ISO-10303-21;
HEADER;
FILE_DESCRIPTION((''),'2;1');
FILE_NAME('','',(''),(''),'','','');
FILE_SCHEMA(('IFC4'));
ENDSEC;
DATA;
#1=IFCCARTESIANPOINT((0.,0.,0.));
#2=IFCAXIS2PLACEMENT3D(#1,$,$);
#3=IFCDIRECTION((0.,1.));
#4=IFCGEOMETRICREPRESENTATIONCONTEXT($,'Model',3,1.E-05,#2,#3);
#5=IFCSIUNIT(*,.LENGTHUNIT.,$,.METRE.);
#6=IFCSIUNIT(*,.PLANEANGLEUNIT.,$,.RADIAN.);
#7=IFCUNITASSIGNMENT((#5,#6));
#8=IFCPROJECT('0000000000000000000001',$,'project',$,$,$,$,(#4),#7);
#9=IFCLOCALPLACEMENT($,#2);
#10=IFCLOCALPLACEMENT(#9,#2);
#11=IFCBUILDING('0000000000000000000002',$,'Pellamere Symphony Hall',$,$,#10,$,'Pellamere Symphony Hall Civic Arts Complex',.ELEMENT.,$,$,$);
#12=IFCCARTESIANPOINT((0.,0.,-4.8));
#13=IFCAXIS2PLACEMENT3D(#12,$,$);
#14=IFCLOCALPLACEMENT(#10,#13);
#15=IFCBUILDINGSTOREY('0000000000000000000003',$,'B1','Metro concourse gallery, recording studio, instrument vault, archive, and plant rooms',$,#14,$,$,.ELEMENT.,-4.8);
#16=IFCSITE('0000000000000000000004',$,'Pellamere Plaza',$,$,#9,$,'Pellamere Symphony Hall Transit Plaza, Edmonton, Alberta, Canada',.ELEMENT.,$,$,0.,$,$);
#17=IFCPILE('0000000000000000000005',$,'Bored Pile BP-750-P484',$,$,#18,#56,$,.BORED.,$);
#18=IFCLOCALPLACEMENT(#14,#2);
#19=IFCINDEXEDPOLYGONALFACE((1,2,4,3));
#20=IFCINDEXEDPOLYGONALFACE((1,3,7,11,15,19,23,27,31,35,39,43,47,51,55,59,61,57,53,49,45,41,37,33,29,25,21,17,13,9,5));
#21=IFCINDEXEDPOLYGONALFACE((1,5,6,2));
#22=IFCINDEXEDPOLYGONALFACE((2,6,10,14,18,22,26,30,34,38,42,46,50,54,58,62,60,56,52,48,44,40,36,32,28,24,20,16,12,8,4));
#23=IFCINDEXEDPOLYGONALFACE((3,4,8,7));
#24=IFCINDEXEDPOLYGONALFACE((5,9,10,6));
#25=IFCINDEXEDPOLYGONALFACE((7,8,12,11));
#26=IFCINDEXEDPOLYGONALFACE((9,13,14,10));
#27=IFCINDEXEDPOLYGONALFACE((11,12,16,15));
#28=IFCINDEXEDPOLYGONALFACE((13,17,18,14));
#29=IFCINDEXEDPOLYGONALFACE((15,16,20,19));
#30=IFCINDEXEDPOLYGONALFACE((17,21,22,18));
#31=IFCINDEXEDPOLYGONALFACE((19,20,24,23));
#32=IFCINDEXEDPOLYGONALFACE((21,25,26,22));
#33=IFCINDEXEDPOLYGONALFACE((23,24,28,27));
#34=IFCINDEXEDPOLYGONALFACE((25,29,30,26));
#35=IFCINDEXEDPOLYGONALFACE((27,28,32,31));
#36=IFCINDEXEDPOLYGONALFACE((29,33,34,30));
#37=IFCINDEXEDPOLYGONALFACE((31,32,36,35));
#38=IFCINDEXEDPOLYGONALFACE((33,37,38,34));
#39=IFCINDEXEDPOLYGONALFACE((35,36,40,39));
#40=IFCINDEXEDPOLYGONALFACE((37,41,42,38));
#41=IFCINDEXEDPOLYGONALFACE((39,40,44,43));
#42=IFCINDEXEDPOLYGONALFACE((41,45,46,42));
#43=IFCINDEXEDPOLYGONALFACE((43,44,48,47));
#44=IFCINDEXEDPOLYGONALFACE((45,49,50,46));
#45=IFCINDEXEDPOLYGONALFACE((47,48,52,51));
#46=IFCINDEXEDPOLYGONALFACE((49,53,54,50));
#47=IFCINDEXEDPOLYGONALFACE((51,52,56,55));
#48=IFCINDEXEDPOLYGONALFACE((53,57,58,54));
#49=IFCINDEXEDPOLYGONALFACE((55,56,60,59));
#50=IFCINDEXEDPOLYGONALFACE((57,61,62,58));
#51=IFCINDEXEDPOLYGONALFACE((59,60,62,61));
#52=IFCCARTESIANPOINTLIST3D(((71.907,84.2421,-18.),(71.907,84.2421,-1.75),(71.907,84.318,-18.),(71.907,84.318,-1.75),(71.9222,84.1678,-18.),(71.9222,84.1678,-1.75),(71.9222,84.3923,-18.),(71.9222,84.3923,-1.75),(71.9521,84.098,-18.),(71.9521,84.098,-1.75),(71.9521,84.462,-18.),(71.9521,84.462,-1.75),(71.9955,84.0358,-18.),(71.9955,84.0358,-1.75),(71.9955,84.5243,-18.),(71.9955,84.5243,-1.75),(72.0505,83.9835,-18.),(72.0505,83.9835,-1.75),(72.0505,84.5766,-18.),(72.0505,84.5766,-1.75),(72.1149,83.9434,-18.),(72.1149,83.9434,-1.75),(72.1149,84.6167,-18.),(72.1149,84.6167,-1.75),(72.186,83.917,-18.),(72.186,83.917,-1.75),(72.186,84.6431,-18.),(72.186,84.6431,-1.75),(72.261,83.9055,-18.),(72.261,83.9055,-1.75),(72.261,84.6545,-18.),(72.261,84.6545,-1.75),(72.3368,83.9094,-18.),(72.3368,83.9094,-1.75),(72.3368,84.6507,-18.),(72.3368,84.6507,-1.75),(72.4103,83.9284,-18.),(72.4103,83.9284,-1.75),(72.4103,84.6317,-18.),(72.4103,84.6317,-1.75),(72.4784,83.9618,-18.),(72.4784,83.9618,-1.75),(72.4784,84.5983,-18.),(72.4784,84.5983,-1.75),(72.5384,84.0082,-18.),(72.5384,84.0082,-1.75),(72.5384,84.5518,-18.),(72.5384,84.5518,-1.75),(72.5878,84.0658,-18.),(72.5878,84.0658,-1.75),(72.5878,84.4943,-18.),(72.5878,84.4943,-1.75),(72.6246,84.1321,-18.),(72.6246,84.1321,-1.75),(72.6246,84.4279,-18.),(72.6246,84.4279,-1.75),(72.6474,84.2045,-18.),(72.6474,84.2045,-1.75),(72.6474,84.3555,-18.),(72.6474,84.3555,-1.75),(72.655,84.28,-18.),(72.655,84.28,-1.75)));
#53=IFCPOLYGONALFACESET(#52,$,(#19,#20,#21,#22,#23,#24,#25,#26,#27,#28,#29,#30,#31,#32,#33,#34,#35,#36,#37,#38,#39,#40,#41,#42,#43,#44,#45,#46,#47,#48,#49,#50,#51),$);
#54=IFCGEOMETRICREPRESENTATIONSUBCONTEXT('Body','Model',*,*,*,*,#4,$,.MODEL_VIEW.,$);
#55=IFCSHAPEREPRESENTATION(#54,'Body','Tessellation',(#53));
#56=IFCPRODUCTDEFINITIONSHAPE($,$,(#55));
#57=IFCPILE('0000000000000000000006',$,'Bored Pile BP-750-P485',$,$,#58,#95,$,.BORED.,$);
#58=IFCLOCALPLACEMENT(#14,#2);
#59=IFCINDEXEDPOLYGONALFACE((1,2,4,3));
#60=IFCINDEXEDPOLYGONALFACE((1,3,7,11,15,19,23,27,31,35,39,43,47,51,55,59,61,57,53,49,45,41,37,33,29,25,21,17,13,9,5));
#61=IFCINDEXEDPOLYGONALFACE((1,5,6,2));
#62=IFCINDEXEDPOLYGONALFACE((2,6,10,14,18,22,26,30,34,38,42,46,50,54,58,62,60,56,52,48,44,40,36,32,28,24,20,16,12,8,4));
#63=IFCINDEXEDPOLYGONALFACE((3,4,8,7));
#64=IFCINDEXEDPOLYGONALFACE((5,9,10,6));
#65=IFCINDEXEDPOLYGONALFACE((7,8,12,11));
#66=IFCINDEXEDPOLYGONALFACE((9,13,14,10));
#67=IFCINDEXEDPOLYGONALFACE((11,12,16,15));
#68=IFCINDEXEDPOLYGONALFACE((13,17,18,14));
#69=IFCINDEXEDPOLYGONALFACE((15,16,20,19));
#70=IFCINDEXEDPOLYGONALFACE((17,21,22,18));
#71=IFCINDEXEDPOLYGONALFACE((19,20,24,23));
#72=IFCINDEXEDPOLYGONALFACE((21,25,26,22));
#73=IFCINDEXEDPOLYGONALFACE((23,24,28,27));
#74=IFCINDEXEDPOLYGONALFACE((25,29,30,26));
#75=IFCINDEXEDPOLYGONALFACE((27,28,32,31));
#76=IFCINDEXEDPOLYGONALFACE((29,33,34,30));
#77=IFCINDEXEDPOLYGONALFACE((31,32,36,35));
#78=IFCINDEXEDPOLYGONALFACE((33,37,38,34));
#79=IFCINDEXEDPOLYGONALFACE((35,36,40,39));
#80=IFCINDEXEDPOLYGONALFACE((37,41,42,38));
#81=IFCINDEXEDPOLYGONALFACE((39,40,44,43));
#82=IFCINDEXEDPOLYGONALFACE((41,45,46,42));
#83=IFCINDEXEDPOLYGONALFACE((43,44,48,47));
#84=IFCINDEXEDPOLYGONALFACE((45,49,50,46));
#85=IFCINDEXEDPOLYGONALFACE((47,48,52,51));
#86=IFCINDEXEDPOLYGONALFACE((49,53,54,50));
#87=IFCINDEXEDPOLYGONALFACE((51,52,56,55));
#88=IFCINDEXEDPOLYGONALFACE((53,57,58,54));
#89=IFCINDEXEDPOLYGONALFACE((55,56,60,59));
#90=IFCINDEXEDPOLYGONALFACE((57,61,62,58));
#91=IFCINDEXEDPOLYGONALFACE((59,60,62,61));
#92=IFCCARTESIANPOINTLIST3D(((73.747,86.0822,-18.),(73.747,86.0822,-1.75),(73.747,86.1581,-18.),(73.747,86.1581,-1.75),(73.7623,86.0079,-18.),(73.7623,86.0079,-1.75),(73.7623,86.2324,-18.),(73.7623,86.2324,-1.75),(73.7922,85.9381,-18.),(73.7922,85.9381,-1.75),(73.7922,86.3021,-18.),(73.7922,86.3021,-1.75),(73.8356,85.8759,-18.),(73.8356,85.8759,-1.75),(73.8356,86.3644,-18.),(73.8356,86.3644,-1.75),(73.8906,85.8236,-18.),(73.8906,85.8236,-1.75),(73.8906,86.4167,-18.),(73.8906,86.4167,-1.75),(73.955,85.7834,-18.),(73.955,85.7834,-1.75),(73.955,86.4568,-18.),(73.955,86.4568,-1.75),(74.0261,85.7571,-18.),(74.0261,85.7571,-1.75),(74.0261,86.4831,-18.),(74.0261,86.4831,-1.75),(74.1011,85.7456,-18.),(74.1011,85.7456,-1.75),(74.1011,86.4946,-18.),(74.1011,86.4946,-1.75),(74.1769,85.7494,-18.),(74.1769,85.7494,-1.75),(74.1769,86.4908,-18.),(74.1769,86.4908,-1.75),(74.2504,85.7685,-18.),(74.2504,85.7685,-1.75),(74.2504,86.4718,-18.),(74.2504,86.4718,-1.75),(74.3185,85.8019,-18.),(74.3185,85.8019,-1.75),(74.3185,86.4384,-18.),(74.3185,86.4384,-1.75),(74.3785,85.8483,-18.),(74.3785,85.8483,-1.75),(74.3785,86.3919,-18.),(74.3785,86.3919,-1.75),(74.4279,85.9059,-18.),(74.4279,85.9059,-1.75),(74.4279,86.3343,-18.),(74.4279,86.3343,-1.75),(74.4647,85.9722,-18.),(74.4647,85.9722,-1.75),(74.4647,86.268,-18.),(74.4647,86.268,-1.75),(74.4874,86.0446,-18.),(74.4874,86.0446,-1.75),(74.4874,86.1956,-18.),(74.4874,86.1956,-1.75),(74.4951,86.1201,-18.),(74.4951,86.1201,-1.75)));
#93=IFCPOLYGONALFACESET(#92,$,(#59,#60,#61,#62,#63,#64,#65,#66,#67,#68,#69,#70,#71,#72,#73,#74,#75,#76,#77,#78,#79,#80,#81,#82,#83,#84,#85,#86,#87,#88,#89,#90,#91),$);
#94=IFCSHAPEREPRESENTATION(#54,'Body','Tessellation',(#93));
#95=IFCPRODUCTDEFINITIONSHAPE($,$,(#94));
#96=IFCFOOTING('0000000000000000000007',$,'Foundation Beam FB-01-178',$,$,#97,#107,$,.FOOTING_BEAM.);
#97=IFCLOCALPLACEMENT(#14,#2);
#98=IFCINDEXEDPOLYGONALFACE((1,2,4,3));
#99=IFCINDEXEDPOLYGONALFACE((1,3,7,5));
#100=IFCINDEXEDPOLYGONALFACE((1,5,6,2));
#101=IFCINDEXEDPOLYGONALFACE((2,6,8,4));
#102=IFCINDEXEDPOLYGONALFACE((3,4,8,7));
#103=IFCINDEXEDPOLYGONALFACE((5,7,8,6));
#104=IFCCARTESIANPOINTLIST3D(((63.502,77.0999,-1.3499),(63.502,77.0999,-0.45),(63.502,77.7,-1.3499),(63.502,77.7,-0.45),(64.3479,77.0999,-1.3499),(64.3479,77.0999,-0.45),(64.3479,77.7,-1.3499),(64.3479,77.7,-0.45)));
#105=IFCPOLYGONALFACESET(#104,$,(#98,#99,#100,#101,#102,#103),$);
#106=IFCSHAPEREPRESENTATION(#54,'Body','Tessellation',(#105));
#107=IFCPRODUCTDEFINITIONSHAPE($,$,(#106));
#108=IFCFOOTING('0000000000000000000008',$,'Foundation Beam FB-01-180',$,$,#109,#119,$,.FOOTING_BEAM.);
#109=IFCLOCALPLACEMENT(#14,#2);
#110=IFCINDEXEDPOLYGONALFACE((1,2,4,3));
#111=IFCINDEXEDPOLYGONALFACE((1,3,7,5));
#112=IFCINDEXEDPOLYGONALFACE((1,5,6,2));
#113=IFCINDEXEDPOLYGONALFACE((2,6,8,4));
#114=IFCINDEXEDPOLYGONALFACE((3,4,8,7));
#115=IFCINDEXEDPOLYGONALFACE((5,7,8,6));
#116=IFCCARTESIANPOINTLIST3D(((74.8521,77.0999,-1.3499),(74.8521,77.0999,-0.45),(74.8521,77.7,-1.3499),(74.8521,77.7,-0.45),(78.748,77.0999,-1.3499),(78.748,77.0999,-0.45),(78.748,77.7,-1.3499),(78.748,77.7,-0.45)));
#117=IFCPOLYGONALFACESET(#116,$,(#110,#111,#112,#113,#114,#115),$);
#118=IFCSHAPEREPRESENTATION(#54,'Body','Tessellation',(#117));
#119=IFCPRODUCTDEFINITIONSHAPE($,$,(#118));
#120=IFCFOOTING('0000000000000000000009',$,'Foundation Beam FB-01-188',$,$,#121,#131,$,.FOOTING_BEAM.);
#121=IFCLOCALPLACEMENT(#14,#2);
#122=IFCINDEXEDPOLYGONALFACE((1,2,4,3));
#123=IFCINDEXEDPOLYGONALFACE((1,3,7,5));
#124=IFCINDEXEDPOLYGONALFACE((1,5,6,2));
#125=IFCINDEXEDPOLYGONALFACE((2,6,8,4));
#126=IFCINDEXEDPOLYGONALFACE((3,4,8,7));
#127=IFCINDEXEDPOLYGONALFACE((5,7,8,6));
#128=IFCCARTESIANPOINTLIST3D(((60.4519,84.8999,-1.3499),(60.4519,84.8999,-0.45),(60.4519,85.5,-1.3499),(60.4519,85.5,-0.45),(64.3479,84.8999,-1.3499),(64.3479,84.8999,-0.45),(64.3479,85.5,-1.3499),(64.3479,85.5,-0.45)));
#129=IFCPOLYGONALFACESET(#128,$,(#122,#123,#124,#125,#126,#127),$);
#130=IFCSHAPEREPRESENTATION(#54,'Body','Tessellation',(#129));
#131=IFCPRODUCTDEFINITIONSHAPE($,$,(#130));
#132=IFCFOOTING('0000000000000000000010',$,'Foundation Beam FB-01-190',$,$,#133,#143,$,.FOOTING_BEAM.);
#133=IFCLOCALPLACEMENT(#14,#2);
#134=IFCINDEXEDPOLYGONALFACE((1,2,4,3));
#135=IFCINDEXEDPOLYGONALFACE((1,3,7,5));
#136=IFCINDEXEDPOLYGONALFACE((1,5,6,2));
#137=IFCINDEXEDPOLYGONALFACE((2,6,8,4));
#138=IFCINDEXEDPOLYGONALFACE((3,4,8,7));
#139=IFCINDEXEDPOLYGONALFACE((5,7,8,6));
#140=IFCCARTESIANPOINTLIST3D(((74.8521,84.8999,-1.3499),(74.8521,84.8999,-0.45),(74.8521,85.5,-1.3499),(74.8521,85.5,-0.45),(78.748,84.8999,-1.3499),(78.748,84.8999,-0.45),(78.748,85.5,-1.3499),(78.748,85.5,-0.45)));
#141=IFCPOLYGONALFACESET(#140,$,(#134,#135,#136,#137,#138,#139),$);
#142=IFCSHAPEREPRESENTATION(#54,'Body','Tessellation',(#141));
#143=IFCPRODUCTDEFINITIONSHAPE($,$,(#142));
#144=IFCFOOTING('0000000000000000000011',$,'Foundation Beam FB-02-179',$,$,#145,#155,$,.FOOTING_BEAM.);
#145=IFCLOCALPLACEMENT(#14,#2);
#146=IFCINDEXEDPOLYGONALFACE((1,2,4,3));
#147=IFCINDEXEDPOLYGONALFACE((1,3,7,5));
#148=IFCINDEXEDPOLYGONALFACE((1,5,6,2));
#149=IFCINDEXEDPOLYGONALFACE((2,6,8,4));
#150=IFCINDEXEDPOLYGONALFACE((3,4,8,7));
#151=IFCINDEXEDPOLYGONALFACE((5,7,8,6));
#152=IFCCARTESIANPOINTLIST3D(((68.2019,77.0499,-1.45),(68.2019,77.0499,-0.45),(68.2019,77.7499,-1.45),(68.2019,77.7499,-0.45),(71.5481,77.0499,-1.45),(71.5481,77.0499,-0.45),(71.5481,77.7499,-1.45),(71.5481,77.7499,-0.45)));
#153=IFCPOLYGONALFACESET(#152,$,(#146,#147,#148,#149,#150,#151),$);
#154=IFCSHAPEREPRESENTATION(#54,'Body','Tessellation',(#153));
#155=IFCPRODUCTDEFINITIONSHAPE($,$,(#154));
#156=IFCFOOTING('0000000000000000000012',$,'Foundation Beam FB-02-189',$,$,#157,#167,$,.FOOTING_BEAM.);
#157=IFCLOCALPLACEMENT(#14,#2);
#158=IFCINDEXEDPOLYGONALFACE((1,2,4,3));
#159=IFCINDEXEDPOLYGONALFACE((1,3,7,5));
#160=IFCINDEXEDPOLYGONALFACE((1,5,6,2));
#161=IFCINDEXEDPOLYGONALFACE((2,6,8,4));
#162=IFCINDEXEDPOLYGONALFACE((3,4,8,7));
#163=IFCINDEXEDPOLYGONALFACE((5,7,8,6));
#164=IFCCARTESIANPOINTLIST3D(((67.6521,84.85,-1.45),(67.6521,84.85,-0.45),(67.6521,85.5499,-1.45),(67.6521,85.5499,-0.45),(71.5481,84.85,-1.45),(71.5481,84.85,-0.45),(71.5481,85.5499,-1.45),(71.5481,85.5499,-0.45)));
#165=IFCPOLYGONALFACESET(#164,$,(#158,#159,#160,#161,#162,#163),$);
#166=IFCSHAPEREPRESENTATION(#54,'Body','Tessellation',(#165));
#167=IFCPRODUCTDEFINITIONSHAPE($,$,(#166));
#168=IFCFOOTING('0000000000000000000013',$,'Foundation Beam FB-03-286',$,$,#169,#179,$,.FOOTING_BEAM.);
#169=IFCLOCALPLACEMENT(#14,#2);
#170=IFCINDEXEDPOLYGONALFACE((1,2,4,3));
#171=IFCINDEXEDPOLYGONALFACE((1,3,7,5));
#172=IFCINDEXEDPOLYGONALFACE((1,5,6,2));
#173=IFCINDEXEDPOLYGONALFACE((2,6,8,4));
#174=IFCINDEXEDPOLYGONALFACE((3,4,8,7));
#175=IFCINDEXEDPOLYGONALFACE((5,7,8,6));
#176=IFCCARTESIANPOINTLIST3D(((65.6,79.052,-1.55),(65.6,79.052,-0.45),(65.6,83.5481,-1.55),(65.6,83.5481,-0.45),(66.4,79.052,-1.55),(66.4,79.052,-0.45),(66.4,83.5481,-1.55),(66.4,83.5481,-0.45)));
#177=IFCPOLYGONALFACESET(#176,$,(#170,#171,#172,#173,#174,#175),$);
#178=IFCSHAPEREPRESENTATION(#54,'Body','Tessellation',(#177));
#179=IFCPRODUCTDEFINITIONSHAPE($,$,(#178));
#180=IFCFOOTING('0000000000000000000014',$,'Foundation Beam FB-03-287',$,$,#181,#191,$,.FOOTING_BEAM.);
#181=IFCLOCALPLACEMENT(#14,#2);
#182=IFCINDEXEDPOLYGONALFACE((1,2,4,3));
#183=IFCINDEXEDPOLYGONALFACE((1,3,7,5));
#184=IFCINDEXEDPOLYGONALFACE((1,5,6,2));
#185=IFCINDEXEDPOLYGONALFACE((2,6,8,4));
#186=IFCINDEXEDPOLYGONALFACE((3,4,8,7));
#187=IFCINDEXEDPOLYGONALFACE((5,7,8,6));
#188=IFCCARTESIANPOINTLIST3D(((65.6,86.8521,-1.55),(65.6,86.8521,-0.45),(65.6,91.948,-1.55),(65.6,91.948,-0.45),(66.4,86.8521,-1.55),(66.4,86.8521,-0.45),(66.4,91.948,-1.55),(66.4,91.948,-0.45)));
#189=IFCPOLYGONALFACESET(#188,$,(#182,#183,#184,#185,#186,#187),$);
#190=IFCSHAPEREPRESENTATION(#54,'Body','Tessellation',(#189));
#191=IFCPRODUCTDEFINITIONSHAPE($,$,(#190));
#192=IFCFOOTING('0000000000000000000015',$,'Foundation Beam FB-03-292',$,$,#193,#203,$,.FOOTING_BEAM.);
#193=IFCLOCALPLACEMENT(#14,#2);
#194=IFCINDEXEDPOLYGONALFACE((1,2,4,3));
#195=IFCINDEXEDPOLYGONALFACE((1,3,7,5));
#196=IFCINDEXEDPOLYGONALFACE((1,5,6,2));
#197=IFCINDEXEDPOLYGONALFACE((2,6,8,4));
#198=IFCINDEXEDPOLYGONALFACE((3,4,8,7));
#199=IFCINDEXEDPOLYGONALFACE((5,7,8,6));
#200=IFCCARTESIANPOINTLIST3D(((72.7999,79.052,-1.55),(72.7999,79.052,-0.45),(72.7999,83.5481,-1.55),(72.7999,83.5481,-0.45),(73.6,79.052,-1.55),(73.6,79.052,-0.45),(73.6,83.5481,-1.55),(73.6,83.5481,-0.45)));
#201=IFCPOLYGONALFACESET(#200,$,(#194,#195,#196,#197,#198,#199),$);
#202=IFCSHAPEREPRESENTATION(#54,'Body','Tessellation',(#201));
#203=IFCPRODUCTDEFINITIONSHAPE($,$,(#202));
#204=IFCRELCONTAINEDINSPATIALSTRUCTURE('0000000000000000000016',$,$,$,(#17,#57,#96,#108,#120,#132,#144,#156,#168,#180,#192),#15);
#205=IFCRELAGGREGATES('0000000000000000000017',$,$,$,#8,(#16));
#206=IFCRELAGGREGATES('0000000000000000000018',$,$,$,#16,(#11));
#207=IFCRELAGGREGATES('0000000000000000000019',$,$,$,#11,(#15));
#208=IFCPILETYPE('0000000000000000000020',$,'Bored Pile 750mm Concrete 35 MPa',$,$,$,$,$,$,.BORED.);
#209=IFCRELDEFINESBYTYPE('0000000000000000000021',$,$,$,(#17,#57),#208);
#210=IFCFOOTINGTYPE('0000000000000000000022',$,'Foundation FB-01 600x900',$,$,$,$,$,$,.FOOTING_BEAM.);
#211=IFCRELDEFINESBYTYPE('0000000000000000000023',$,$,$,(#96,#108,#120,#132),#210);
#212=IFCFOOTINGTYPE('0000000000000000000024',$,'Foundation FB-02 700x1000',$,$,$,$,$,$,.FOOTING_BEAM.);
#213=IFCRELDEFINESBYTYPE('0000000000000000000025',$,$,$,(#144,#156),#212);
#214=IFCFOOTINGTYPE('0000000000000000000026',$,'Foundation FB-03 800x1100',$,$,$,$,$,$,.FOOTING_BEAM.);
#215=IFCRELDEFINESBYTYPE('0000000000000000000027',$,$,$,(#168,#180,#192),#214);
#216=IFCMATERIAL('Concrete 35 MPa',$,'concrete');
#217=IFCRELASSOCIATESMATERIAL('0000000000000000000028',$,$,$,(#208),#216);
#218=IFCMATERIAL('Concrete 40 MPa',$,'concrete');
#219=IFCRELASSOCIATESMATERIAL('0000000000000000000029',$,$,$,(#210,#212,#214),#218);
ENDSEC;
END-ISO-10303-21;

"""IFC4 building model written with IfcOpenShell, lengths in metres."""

from ifc_helpers import new_model, si_unit, direction, frame, origin, origin_2d, place, context, subcontext, project, spatial, rectangle, circle, extrude, material, material_profile, profile_set, type_object, element, save


model = new_model("IFC4")

# Units and contexts
model_context = context("Model", 3, precision=1e-05, world=origin(), true_north=direction((0.0, 1.0)))
body_context = subcontext(model_context, "Body", "Model", "MODEL_VIEW")
ifc_project = project(units=[si_unit("LENGTHUNIT", "METRE"), si_unit("PLANEANGLEUNIT", "RADIAN")], contexts=[model_context])

# Site, building, storey
site_placement = place(None, origin())
site = spatial("IfcSite", under=ifc_project, at=site_placement, Name="Pellamere Plaza", LongName="Pellamere Symphony Hall Transit Plaza, Edmonton, Alberta, Canada", CompositionType="ELEMENT", RefElevation=0.0)
building_placement = place(site_placement, origin())
building = spatial("IfcBuilding", under=site, at=building_placement, Name="Pellamere Symphony Hall", LongName="Pellamere Symphony Hall Civic Arts Complex", CompositionType="ELEMENT")
storey_placement = place(building_placement, frame((0.0, 0.0, -4.8)))
storey = spatial("IfcBuildingStorey", under=building, at=storey_placement, Name="B1", Description="Metro concourse gallery, recording studio, instrument vault, archive, and plant rooms", CompositionType="ELEMENT", Elevation=-4.8)

# Piles
ifc_material_1 = material(Name="Concrete 35 MPa", Category="concrete")
ifc_material_profile_1 = material_profile(ifc_material_1, circle(Radius=0.375, at=origin_2d()), Name="PILE D750")
ifc_profile_set_1 = profile_set([ifc_material_profile_1], Name="Concrete 35 MPa")
pile_type = type_object("IfcPileType", Name="Bored Pile 750mm Concrete 35 MPa", PredefinedType="BORED", material=ifc_profile_set_1)
for number, where, z_axis, x_axis, name in (
    (1, (72.28, 84.28, -1.75), (0.0, 0.0, -1.0), (1.0, 0.0, 0.0), "Bored Pile BP-750-P484"),
    (2, (74.1201, 86.1201, -1.75), (0.0, 0.0, -1.0), (1.0, 0.0, 0.0), "Bored Pile BP-750-P485"),
):
    element("IfcPile", number, at=place(storey_placement, frame(where, z_axis=z_axis, x_axis=x_axis)), inside=storey, type_object=pile_type, Name=name, PredefinedType="BORED", context=body_context, shape_type="SweptSolid", body=[
        extrude(circle(Radius=0.375, at=origin_2d()), origin(), (0.0, 0.0, 1.0), 16.25),
    ])

# Footings
ifc_material_2 = material(Name="Concrete 40 MPa", Category="concrete")
ifc_material_profile_2 = material_profile(ifc_material_2, rectangle(XDim=0.6001, YDim=0.8999, at=origin_2d()), Name="RC 600x900")
ifc_profile_set_2 = profile_set([ifc_material_profile_2], Name="Concrete 40 MPa")
footing_type_1 = type_object("IfcFootingType", Name="Foundation FB-01 600x900", PredefinedType="FOOTING_BEAM", material=ifc_profile_set_2)
footing_1_placement = place(storey_placement, frame((63.502, 77.3999, -0.8999), z_axis=(1.0, 0.0, 0.0), x_axis=(0.0, 1.0, 0.0)))
element("IfcFooting", 3, at=footing_1_placement, inside=storey, type_object=footing_type_1, Name="Foundation Beam FB-01-178", PredefinedType="FOOTING_BEAM", context=body_context, shape_type="SweptSolid", body=[
    extrude(rectangle(XDim=0.6001, YDim=0.8999, at=origin_2d()), origin(), (0.0, 0.0, 1.0), 0.8459),
])
for number, where, z_axis, x_axis, name in (
    (4, (74.8521, 77.3999, -0.8999), (1.0, 0.0, 0.0), (0.0, 1.0, 0.0), "Foundation Beam FB-01-180"),
    (5, (60.4519, 85.2, -0.8999), (1.0, 0.0, 0.0), (0.0, 1.0, 0.0), "Foundation Beam FB-01-188"),
    (6, (74.8521, 85.2, -0.8999), (1.0, 0.0, 0.0), (0.0, 1.0, 0.0), "Foundation Beam FB-01-190"),
):
    element("IfcFooting", number, at=place(storey_placement, frame(where, z_axis=z_axis, x_axis=x_axis)), inside=storey, type_object=footing_type_1, Name=name, PredefinedType="FOOTING_BEAM", context=body_context, shape_type="SweptSolid", body=[
        extrude(rectangle(XDim=0.6001, YDim=0.8999, at=origin_2d()), origin(), (0.0, 0.0, 1.0), 3.896),
    ])
ifc_material_profile_3 = material_profile(ifc_material_2, rectangle(XDim=0.7, YDim=1.0, at=origin_2d()), Name="RC 700x1000")
ifc_profile_set_3 = profile_set([ifc_material_profile_3], Name="Concrete 40 MPa")
footing_type_2 = type_object("IfcFootingType", Name="Foundation FB-02 700x1000", PredefinedType="FOOTING_BEAM", material=ifc_profile_set_3)
footing_2_placement = place(storey_placement, frame((68.2019, 77.3999, -0.95), z_axis=(1.0, 0.0, 0.0), x_axis=(0.0, 1.0, 0.0)))
element("IfcFooting", 7, at=footing_2_placement, inside=storey, type_object=footing_type_2, Name="Foundation Beam FB-02-179", PredefinedType="FOOTING_BEAM", context=body_context, shape_type="SweptSolid", body=[
    extrude(rectangle(XDim=0.7, YDim=1.0, at=origin_2d()), origin(), (0.0, 0.0, 1.0), 3.3462),
])
footing_3_placement = place(storey_placement, frame((67.6521, 85.2, -0.95), z_axis=(1.0, 0.0, 0.0), x_axis=(0.0, 1.0, 0.0)))
element("IfcFooting", 8, at=footing_3_placement, inside=storey, type_object=footing_type_2, Name="Foundation Beam FB-02-189", PredefinedType="FOOTING_BEAM", context=body_context, shape_type="SweptSolid", body=[
    extrude(rectangle(XDim=0.7, YDim=1.0, at=origin_2d()), origin(), (0.0, 0.0, 1.0), 3.896),
])
ifc_material_profile_4 = material_profile(ifc_material_2, rectangle(XDim=0.8, YDim=1.1001, at=origin_2d()), Name="RC 800x1100")
ifc_profile_set_4 = profile_set([ifc_material_profile_4], Name="Concrete 40 MPa")
footing_type_3 = type_object("IfcFootingType", Name="Foundation FB-03 800x1100", PredefinedType="FOOTING_BEAM", material=ifc_profile_set_4)
footing_4_placement = place(storey_placement, frame((66.0, 79.052, -1.0), z_axis=(0.0, 1.0, 0.0), x_axis=(-1.0, 0.0, 0.0)))
element("IfcFooting", 9, at=footing_4_placement, inside=storey, type_object=footing_type_3, Name="Foundation Beam FB-03-286", PredefinedType="FOOTING_BEAM", context=body_context, shape_type="SweptSolid", body=[
    extrude(rectangle(XDim=0.8, YDim=1.1001, at=origin_2d()), origin(), (0.0, 0.0, 1.0), 4.4961),
])
footing_5_placement = place(storey_placement, frame((66.0, 86.8521, -1.0), z_axis=(0.0, 1.0, 0.0), x_axis=(-1.0, 0.0, 0.0)))
element("IfcFooting", 10, at=footing_5_placement, inside=storey, type_object=footing_type_3, Name="Foundation Beam FB-03-287", PredefinedType="FOOTING_BEAM", context=body_context, shape_type="SweptSolid", body=[
    extrude(rectangle(XDim=0.8, YDim=1.1001, at=origin_2d()), origin(), (0.0, 0.0, 1.0), 5.0959),
])
footing_6_placement = place(storey_placement, frame((73.2, 79.052, -1.0), z_axis=(0.0, 1.0, 0.0), x_axis=(-1.0, 0.0, 0.0)))
element("IfcFooting", 11, at=footing_6_placement, inside=storey, type_object=footing_type_3, Name="Foundation Beam FB-03-292", PredefinedType="FOOTING_BEAM", context=body_context, shape_type="SweptSolid", body=[
    extrude(rectangle(XDim=0.8, YDim=1.1001, at=origin_2d()), origin(), (0.0, 0.0, 1.0), 4.4961),
])

save(model, "model.ifc")
